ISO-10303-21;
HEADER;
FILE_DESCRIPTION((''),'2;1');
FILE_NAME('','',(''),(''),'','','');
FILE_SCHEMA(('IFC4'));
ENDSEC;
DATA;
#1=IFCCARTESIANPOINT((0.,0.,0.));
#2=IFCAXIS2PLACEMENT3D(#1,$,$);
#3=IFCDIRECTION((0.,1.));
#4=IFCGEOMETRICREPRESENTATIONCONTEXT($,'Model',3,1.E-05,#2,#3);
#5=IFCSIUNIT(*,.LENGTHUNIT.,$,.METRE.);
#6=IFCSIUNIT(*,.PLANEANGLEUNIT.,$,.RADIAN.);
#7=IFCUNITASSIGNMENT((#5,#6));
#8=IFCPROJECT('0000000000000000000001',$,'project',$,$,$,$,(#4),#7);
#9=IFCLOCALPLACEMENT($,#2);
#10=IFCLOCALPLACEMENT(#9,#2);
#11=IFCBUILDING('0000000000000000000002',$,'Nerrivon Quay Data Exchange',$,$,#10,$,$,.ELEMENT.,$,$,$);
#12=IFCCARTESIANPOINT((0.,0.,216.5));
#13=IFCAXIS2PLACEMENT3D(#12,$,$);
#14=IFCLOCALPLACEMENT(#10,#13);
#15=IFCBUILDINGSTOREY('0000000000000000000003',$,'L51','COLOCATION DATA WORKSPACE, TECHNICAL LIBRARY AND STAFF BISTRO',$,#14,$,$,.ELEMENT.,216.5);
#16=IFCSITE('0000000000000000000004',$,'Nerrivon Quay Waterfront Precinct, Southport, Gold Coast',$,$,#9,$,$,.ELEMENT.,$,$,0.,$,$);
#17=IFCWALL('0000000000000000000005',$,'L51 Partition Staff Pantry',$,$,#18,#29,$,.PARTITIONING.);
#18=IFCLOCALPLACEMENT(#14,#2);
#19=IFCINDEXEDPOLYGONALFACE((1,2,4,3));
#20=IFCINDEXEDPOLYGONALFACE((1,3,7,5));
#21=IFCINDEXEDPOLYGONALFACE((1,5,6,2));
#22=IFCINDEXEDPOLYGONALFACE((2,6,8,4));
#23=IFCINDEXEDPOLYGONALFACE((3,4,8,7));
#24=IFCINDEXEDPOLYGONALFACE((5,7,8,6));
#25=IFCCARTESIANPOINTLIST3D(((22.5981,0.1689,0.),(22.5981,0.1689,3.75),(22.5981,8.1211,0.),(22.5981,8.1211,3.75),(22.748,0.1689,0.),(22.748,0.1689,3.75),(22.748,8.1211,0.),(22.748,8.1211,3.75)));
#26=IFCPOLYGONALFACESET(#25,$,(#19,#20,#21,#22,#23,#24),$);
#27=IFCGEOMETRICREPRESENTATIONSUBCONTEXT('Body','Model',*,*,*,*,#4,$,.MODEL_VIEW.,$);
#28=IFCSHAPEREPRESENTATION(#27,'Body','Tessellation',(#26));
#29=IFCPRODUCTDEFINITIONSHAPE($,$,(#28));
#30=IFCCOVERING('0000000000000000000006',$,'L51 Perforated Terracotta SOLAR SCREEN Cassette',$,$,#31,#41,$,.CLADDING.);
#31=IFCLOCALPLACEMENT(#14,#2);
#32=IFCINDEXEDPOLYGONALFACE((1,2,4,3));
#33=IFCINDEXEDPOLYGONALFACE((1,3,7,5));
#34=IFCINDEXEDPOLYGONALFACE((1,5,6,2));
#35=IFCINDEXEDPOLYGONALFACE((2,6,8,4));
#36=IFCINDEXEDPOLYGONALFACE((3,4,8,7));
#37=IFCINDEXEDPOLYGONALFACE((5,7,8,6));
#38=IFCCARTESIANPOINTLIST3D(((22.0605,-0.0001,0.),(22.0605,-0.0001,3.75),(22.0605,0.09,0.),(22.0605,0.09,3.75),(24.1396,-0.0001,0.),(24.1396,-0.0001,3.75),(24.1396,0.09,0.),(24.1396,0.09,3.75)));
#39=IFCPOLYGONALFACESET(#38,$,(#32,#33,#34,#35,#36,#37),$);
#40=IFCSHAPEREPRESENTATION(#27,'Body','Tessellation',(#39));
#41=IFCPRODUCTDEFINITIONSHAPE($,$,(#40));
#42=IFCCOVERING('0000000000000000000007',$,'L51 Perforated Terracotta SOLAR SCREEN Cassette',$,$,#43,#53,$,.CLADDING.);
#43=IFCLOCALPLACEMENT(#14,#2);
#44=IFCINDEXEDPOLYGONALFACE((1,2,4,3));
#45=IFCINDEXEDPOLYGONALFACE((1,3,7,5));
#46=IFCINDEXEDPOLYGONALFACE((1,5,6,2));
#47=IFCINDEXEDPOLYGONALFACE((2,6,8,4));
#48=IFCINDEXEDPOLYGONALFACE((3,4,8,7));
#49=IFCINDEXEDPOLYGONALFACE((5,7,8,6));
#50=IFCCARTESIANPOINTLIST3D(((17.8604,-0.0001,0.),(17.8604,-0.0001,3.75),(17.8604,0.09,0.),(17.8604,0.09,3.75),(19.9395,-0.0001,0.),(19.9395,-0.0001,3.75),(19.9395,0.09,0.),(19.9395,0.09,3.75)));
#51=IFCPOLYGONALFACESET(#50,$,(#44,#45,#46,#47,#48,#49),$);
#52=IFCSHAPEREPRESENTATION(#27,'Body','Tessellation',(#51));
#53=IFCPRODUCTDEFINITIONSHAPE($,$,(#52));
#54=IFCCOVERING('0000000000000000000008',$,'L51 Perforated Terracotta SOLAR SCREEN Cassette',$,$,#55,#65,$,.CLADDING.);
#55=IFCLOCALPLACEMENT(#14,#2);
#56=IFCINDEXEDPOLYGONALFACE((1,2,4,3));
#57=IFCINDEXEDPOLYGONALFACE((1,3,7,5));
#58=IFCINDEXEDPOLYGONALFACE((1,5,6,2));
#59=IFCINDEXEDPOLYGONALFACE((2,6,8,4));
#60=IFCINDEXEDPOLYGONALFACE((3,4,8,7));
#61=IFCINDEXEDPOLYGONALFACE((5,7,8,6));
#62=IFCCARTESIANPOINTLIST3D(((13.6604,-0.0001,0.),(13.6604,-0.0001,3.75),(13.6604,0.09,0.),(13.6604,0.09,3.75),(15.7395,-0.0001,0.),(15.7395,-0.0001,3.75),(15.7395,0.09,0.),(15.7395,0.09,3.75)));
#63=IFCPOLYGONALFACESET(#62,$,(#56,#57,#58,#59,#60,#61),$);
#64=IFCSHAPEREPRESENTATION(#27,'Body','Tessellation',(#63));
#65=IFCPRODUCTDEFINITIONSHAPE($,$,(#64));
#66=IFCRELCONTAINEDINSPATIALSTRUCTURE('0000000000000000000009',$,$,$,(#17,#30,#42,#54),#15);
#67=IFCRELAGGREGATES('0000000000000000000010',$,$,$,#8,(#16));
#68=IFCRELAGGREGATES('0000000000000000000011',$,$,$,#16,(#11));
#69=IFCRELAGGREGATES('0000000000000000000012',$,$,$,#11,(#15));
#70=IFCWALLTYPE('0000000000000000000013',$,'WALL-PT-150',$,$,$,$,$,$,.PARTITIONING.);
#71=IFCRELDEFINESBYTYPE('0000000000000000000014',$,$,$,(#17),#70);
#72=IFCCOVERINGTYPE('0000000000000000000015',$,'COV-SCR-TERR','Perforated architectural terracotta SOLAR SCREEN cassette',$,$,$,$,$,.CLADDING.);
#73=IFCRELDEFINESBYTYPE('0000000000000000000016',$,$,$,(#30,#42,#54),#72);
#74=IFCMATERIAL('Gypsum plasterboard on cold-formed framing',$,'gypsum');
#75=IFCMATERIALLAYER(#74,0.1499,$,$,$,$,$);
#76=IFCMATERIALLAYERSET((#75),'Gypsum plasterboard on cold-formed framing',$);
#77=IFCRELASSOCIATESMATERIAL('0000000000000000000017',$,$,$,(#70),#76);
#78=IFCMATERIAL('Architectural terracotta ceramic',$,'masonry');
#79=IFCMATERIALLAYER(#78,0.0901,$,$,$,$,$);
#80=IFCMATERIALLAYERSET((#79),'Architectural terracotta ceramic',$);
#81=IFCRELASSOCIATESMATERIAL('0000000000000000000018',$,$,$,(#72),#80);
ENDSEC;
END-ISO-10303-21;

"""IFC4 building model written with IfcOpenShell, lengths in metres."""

from ifc_helpers import new_model, si_unit, direction, frame, frame_2d, origin, origin_2d, place, context, subcontext, project, spatial, rectangle, extrude, material, layer, layer_set, type_object, element, save


model = new_model("IFC4")

# Units and contexts
model_context = context("Model", 3, precision=1e-05, world=origin(), true_north=direction((0.0, 1.0)))
body_context = subcontext(model_context, "Body", "Model", "MODEL_VIEW")
ifc_project = project(units=[si_unit("LENGTHUNIT", "METRE"), si_unit("PLANEANGLEUNIT", "RADIAN")], contexts=[model_context])

# Site, building, storey
site_placement = place(None, origin())
site = spatial("IfcSite", under=ifc_project, at=site_placement, Name="Nerrivon Quay Waterfront Precinct, Southport, Gold Coast", CompositionType="ELEMENT", RefElevation=0.0)
building_placement = place(site_placement, origin())
building = spatial("IfcBuilding", under=site, at=building_placement, Name="Nerrivon Quay Data Exchange", CompositionType="ELEMENT")
storey_placement = place(building_placement, frame((0.0, 0.0, 216.5)))
storey = spatial("IfcBuildingStorey", under=building, at=storey_placement, Name="L51", Description="COLOCATION DATA WORKSPACE, TECHNICAL LIBRARY AND STAFF BISTRO", CompositionType="ELEMENT", Elevation=216.5)

# Shared definitions
ifc_material_1 = material(Name="Gypsum plasterboard on cold-formed framing", Category="gypsum")

# Wall
ifc_layer_1 = layer(ifc_material_1, 0.1499)
ifc_layer_set_1 = layer_set([ifc_layer_1], Name="Gypsum plasterboard on cold-formed framing")
wall_type_1 = type_object("IfcWallType", Name="WALL-PT-150", PredefinedType="PARTITIONING", material=ifc_layer_set_1)
wall_1_placement = place(storey_placement, frame((22.6731, 0.1689, 0.0), z_axis=(0.0, 0.0, 1.0), x_axis=(0.0, 1.0, 0.0)))
element("IfcWall", 1, at=wall_1_placement, inside=storey, type_object=wall_type_1, Name="L51 Partition Staff Pantry", PredefinedType="PARTITIONING", context=body_context, shape_type="SweptSolid", body=[
    extrude(rectangle(XDim=7.9521, YDim=0.1499, at=frame_2d((3.9761, 0.0))), origin(), (0.0, 0.0, 1.0), 3.75),
])

# Coverings
ifc_material_2 = material(Name="Architectural terracotta ceramic", Category="masonry")
ifc_layer_2 = layer(ifc_material_2, 0.0901)
ifc_layer_set_2 = layer_set([ifc_layer_2], Name="Architectural terracotta ceramic")
covering_type = type_object("IfcCoveringType", Name="COV-SCR-TERR", Description="Perforated architectural terracotta SOLAR SCREEN cassette", PredefinedType="CLADDING", material=ifc_layer_set_2)
for number, where, z_axis, x_axis, name in (
    (2, (23.1001, 0.0449, 0.0), (0.0, 0.0, 1.0), (-1.0, 0.0, 0.0), "L51 Perforated Terracotta SOLAR SCREEN Cassette"),
    (3, (18.8999, 0.0449, 0.0), (0.0, 0.0, 1.0), (-1.0, 0.0, 0.0), "L51 Perforated Terracotta SOLAR SCREEN Cassette"),
    (4, (14.7, 0.0449, 0.0), (0.0, 0.0, 1.0), (-1.0, 0.0, 0.0), "L51 Perforated Terracotta SOLAR SCREEN Cassette"),
):
    element("IfcCovering", number, at=place(storey_placement, frame(where, z_axis=z_axis, x_axis=x_axis)), inside=storey, type_object=covering_type, Name=name, PredefinedType="CLADDING", context=body_context, shape_type="SweptSolid", body=[
        extrude(rectangle(XDim=2.0791, YDim=0.0901, at=origin_2d()), origin(), (0.0, 0.0, 1.0), 3.75),
    ])

save(model, "model.ifc")
